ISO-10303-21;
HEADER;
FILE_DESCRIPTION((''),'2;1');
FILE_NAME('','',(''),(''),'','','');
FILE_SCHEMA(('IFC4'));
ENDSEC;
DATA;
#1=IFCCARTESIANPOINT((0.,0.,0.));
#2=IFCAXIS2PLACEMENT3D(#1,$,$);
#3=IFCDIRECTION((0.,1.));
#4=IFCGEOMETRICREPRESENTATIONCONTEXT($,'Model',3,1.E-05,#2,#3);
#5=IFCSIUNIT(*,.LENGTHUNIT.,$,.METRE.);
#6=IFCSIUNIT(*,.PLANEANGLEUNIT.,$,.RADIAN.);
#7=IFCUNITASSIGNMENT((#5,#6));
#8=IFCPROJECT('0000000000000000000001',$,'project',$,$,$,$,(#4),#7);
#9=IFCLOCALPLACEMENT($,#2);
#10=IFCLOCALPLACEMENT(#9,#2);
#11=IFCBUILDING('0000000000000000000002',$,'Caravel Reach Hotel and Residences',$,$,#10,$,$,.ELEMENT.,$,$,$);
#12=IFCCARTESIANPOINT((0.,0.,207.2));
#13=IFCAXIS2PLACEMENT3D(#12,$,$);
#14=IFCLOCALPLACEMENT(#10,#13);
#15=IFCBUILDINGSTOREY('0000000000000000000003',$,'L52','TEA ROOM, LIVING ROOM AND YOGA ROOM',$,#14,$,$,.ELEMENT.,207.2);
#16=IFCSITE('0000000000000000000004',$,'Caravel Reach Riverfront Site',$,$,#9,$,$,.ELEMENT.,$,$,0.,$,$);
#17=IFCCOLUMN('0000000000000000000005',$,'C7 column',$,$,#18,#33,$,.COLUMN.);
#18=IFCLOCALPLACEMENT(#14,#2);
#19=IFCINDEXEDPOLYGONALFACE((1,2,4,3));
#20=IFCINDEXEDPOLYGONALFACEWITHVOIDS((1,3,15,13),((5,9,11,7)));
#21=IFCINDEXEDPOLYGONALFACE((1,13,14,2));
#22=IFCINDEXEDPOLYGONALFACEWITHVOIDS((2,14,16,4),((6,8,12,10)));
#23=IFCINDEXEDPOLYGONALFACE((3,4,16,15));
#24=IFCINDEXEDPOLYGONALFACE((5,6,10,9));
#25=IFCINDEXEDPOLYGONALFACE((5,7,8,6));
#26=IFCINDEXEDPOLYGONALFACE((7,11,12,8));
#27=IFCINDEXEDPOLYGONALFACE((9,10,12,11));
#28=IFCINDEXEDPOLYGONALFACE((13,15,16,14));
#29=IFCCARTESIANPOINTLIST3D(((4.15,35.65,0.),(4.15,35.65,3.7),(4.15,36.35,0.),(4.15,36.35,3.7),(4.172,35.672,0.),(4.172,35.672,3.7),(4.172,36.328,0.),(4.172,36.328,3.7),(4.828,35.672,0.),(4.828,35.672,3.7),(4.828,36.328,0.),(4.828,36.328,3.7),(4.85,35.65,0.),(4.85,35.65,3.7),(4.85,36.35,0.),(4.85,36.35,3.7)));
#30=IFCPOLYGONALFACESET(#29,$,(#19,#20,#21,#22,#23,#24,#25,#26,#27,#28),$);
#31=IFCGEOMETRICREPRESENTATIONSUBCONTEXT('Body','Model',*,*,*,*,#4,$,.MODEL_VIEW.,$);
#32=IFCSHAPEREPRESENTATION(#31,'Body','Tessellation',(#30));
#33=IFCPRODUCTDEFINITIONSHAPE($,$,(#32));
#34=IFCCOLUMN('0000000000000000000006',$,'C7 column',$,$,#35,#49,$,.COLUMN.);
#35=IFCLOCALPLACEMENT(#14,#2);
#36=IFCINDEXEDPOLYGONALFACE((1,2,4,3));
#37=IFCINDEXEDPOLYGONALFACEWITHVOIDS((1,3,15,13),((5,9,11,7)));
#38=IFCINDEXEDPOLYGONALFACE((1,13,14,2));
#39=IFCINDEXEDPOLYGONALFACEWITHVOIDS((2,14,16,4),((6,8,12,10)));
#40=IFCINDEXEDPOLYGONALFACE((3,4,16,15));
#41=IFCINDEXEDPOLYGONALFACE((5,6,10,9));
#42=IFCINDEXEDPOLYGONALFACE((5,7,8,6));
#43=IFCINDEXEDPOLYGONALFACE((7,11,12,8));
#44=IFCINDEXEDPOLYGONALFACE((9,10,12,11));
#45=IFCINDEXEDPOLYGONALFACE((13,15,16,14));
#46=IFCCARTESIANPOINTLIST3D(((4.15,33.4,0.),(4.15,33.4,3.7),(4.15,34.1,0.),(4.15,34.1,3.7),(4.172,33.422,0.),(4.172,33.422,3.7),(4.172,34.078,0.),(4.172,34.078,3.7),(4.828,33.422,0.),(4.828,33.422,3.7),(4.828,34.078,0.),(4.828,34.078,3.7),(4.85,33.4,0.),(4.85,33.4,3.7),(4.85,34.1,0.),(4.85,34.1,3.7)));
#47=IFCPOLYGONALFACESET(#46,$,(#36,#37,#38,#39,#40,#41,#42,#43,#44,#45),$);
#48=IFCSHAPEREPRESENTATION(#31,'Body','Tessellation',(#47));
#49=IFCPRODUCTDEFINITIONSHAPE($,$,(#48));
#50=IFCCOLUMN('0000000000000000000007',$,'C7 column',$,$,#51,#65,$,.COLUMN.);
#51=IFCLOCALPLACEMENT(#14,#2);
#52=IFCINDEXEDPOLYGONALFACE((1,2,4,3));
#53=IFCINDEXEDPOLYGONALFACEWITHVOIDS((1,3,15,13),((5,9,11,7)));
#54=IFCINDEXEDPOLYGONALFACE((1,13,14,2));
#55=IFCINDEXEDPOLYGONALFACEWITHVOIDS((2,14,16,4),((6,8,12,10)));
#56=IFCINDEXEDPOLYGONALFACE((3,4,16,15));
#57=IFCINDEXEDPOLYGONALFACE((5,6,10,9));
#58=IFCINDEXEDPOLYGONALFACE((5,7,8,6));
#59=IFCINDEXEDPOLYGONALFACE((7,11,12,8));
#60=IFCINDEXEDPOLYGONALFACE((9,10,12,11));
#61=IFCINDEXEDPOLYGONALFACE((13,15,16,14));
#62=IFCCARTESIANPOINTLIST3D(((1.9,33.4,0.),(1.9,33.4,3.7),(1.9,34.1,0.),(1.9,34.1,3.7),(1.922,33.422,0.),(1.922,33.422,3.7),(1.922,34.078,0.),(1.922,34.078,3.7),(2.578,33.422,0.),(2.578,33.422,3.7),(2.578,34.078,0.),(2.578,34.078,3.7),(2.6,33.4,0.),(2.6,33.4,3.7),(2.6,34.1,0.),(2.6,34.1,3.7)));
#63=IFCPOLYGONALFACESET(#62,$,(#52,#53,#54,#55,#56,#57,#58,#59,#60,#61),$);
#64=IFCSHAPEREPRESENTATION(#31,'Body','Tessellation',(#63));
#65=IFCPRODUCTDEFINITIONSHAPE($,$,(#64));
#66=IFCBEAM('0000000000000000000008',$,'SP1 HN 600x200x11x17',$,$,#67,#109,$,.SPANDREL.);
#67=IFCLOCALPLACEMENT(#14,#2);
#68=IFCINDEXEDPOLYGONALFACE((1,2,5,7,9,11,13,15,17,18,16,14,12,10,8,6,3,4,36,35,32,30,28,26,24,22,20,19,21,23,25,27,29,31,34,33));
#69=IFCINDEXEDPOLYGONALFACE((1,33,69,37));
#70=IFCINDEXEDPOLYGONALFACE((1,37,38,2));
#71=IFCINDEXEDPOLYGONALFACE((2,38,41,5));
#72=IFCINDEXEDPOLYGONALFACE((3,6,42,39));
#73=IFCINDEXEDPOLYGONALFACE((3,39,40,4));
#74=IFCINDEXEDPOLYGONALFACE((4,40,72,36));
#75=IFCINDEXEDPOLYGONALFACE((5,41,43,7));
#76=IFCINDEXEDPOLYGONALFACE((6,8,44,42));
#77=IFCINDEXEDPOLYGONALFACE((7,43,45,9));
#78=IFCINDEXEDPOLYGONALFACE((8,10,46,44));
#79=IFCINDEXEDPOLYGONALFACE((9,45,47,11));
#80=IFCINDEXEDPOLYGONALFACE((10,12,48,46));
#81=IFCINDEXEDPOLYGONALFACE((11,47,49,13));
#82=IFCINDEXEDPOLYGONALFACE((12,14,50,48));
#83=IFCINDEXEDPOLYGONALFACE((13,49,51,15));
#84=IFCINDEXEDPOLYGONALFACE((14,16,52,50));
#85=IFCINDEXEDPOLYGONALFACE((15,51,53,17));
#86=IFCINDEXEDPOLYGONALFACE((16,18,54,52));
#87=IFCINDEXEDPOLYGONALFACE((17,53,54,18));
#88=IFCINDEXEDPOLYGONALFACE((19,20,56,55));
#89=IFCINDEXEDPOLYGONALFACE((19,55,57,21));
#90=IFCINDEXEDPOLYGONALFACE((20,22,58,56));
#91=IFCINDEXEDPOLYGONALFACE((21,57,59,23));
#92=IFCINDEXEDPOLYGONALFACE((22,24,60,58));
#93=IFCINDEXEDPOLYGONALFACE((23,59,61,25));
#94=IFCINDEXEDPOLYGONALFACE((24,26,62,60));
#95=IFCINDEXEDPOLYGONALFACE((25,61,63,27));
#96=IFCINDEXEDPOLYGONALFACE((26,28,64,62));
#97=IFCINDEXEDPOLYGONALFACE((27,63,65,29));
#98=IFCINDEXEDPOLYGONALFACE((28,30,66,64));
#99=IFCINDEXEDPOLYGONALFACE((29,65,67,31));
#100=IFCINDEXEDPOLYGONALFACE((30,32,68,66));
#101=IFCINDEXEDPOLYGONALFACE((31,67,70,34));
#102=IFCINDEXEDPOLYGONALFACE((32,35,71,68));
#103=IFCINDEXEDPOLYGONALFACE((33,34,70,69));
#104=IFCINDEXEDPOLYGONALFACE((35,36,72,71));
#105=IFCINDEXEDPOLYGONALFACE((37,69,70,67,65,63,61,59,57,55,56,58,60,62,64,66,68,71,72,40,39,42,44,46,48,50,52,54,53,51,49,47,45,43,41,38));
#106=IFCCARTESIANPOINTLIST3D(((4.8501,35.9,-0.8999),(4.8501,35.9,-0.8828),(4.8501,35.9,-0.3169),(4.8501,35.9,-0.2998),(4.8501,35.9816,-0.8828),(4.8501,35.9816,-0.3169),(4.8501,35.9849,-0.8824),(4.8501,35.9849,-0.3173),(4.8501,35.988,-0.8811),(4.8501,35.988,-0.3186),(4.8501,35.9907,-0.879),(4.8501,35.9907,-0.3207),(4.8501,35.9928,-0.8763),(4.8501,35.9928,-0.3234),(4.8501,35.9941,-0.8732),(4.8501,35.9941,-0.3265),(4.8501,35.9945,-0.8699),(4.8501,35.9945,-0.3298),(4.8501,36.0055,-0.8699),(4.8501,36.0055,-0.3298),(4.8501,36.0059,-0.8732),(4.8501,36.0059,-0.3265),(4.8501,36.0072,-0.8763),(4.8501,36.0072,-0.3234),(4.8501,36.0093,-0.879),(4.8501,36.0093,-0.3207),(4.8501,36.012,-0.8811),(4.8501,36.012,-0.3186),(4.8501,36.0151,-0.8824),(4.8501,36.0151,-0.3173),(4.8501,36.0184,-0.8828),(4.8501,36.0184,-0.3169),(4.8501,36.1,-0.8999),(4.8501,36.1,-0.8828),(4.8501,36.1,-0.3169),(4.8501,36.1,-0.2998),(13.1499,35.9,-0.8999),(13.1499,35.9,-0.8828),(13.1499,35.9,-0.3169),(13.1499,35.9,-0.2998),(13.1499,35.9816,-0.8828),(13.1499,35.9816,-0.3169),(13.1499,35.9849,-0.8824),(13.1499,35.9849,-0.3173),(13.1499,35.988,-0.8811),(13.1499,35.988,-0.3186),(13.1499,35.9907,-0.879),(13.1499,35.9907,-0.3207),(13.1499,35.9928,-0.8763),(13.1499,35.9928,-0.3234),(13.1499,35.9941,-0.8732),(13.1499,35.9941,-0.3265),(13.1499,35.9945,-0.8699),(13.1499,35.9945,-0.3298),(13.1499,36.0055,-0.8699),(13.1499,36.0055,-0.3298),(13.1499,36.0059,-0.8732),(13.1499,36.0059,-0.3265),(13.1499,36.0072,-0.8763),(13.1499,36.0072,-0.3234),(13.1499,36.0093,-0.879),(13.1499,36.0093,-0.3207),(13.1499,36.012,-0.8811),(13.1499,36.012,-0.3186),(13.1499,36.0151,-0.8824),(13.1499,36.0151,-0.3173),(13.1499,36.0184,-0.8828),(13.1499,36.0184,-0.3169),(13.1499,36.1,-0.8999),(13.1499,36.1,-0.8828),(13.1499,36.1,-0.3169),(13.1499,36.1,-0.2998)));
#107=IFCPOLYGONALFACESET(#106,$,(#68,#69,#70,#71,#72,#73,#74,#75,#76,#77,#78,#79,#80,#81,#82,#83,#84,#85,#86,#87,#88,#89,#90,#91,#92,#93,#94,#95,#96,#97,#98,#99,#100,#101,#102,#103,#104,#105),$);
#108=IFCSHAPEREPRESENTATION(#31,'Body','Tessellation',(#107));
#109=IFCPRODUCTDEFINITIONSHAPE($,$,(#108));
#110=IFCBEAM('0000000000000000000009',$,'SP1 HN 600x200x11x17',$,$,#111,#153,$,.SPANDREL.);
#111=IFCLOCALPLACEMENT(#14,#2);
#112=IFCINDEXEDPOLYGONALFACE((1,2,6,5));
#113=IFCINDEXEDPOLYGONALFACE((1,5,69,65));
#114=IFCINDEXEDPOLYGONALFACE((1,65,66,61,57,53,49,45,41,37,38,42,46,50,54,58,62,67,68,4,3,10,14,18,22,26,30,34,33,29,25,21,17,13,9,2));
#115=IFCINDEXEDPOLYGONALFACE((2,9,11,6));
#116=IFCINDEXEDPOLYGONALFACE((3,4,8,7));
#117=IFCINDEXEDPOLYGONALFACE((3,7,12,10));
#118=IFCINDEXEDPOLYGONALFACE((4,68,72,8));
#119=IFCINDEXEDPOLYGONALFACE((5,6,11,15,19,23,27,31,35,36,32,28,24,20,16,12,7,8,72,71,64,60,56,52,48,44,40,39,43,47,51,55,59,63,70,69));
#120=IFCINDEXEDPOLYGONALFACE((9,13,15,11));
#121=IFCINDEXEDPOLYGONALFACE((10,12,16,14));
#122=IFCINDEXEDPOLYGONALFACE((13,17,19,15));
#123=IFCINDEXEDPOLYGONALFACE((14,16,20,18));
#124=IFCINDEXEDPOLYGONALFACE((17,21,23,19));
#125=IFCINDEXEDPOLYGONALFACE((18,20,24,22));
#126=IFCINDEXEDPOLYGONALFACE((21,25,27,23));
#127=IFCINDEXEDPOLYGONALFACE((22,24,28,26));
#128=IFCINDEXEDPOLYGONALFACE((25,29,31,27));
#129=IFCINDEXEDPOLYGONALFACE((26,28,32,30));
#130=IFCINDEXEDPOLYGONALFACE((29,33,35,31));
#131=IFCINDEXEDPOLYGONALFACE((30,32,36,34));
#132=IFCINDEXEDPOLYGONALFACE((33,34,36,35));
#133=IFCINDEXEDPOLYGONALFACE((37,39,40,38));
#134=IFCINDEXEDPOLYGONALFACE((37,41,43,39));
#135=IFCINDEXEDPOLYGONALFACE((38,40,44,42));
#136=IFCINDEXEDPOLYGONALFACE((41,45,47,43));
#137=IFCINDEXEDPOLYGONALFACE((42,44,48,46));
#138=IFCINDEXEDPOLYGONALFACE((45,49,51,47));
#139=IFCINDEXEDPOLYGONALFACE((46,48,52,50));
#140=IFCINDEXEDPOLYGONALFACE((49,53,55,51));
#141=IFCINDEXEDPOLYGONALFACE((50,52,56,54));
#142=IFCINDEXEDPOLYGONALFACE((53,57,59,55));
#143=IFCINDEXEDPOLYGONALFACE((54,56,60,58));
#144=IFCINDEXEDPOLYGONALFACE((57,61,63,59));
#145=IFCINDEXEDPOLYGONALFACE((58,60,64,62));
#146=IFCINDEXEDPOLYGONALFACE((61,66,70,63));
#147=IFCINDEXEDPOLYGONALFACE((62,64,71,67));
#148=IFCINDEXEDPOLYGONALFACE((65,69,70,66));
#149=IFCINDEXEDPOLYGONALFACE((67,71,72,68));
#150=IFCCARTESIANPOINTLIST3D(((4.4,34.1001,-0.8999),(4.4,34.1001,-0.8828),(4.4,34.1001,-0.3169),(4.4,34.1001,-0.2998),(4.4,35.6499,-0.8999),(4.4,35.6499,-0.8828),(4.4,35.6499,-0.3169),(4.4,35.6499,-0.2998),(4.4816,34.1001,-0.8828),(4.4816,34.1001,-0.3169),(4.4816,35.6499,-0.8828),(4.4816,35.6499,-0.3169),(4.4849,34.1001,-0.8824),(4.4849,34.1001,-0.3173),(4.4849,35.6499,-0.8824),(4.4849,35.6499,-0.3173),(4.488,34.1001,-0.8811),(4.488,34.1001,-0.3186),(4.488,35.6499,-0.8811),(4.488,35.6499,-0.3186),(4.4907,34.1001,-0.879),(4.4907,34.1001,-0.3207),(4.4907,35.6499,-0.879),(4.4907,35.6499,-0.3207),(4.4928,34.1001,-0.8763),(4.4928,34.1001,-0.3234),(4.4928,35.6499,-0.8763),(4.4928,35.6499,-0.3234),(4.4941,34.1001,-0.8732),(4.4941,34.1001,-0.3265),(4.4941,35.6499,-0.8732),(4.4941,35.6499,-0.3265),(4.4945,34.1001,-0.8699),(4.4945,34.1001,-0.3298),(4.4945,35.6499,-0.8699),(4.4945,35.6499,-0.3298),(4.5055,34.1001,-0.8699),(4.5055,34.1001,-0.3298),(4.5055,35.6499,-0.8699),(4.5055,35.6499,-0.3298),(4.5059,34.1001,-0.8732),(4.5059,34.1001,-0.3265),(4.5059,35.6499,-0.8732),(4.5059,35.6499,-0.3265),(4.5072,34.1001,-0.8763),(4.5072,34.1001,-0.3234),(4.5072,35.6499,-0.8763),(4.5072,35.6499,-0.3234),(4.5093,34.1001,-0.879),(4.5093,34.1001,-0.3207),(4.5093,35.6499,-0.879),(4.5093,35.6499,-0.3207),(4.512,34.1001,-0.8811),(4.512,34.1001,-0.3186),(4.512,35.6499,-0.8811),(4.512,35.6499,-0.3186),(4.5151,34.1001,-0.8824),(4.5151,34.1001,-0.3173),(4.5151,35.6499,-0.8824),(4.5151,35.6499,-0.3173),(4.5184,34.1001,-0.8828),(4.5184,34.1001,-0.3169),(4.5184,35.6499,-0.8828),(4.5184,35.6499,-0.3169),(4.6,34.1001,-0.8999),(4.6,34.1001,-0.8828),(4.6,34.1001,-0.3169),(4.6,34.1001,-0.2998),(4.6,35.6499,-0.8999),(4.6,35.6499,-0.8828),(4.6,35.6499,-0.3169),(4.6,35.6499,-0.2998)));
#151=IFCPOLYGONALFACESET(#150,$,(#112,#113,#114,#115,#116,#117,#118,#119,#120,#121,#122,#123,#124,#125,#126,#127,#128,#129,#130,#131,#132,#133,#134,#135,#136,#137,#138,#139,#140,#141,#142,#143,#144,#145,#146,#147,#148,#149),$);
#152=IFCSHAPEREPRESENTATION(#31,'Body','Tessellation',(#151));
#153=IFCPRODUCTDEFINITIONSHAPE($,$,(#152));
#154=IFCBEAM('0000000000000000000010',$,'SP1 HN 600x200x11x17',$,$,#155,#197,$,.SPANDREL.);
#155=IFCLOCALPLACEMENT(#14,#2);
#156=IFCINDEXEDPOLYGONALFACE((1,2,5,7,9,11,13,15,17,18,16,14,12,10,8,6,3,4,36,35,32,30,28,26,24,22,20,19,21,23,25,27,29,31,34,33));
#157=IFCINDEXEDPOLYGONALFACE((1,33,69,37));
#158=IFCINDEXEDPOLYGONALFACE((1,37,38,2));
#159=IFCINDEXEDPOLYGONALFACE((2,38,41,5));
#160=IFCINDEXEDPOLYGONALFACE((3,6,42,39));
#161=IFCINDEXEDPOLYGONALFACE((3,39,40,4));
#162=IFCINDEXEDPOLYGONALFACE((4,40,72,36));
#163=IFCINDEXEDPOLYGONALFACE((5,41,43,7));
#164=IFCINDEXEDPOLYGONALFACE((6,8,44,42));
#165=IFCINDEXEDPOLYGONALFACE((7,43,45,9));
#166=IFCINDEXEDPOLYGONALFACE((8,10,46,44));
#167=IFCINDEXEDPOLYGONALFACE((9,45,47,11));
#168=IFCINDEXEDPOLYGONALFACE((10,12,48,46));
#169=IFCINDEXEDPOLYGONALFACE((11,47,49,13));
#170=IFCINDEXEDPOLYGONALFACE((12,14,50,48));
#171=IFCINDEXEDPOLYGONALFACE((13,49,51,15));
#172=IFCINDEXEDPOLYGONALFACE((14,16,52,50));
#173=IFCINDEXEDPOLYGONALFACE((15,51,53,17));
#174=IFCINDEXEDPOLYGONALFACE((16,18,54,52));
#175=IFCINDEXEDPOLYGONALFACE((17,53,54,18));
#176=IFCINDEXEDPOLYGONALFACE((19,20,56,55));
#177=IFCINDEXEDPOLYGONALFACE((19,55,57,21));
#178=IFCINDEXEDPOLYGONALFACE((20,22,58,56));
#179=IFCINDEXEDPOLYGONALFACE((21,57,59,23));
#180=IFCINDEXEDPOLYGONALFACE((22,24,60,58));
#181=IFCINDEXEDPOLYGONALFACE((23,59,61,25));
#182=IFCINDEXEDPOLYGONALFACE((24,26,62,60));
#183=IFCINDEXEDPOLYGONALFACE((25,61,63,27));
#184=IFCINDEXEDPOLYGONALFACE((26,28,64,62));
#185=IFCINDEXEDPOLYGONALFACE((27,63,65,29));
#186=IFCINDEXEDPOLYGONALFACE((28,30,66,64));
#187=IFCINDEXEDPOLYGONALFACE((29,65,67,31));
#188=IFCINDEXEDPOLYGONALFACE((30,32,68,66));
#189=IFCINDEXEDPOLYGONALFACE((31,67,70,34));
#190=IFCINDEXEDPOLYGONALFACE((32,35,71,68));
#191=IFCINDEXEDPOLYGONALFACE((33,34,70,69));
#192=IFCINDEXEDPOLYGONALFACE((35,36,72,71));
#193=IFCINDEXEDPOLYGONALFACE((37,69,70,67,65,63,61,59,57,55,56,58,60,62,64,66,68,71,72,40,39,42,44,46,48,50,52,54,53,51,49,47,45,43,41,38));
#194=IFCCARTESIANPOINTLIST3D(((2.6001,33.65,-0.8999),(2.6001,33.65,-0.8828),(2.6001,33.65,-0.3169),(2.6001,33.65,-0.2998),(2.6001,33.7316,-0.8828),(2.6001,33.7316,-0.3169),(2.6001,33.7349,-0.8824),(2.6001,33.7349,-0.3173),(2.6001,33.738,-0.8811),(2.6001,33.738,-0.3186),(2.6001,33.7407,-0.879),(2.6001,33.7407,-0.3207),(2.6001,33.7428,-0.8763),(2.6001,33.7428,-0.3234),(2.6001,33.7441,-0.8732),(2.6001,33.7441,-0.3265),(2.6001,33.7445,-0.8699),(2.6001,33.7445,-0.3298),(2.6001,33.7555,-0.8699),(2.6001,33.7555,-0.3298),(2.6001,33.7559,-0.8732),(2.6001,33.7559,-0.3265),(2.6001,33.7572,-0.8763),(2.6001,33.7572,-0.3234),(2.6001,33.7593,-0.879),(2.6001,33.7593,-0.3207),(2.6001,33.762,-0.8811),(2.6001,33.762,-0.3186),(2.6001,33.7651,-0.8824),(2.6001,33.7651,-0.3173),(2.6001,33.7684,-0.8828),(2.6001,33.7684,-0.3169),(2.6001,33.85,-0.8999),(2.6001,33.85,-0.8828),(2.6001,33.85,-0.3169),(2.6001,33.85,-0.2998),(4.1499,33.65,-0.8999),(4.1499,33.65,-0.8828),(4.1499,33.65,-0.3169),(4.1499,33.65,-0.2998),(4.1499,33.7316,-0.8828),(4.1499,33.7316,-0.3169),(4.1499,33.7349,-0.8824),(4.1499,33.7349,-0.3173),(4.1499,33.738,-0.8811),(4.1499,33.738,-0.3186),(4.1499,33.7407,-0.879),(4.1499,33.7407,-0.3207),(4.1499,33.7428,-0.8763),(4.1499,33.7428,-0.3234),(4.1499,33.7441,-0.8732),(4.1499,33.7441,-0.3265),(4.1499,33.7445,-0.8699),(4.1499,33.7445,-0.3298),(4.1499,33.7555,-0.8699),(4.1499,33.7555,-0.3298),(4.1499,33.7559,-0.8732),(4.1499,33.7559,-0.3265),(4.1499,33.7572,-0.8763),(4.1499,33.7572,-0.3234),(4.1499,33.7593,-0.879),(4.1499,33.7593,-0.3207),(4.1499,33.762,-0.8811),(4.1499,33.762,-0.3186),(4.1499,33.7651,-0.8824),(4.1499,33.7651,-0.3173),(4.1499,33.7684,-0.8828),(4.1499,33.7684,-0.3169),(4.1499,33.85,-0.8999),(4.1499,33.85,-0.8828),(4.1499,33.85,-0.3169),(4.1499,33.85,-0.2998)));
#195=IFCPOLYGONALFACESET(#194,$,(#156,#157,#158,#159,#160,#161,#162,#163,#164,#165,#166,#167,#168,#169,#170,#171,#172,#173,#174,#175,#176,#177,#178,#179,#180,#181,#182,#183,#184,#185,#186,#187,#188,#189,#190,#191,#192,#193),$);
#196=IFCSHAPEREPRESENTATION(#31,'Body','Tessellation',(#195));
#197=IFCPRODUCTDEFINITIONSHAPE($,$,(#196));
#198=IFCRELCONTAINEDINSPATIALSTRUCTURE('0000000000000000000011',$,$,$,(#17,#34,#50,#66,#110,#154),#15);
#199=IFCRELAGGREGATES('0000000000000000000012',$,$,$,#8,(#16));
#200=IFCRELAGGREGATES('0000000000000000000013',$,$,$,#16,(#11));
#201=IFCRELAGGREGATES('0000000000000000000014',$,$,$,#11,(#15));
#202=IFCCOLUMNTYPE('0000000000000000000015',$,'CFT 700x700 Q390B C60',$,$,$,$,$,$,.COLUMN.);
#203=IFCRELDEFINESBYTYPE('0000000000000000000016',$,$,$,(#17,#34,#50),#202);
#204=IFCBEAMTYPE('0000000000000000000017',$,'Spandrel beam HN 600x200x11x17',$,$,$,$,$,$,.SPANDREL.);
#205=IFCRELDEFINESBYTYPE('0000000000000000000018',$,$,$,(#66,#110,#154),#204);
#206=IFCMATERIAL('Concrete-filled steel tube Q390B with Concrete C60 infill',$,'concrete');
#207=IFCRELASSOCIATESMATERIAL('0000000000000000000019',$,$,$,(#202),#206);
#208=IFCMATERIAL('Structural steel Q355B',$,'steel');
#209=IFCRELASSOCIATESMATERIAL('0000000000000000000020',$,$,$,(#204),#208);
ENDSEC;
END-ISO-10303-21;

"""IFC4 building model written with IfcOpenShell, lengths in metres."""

from ifc_helpers import new_model, si_unit, direction, frame, origin, origin_2d, place, context, subcontext, project, spatial, hollow_rectangle, i_section, extrude, material, material_profile, profile_set, type_object, element, save


model = new_model("IFC4")

# Units and contexts
model_context = context("Model", 3, precision=1e-05, world=origin(), true_north=direction((0.0, 1.0)))
body_context = subcontext(model_context, "Body", "Model", "MODEL_VIEW")
ifc_project = project(units=[si_unit("LENGTHUNIT", "METRE"), si_unit("PLANEANGLEUNIT", "RADIAN")], contexts=[model_context])

# Site, building, storey
site_placement = place(None, origin())
site = spatial("IfcSite", under=ifc_project, at=site_placement, Name="Caravel Reach Riverfront Site", CompositionType="ELEMENT", RefElevation=0.0)
building_placement = place(site_placement, origin())
building = spatial("IfcBuilding", under=site, at=building_placement, Name="Caravel Reach Hotel and Residences", CompositionType="ELEMENT")
storey_placement = place(building_placement, frame((0.0, 0.0, 207.2)))
storey = spatial("IfcBuildingStorey", under=building, at=storey_placement, Name="L52", Description="TEA ROOM, LIVING ROOM AND YOGA ROOM", CompositionType="ELEMENT", Elevation=207.2)

# Columns
ifc_material_1 = material(Name="Concrete-filled steel tube Q390B with Concrete C60 infill", Category="concrete")
ifc_material_profile_1 = material_profile(ifc_material_1, hollow_rectangle(XDim=0.7, YDim=0.7, WallThickness=0.022, at=origin_2d()), Name="RHS 700x700x22")
ifc_profile_set_1 = profile_set([ifc_material_profile_1], Name="Concrete-filled steel tube Q390B with Concrete C60 infill")
column_type = type_object("IfcColumnType", Name="CFT 700x700 Q390B C60", PredefinedType="COLUMN", material=ifc_profile_set_1)
for number, where, z_axis, x_axis, name in (
    (1, (4.5, 36.0, 0.0), (0.0, 0.0, 1.0), (1.0, 0.0, 0.0), "C7 column"),
    (2, (4.5, 33.75, 0.0), (0.0, 0.0, 1.0), (1.0, 0.0, 0.0), "C7 column"),
    (3, (2.25, 33.75, 0.0), (0.0, 0.0, 1.0), (1.0, 0.0, 0.0), "C7 column"),
):
    element("IfcColumn", number, at=place(storey_placement, frame(where, z_axis=z_axis, x_axis=x_axis)), inside=storey, type_object=column_type, Name=name, PredefinedType="COLUMN", context=body_context, shape_type="SweptSolid", body=[
        extrude(hollow_rectangle(XDim=0.7, YDim=0.7, WallThickness=0.022, at=origin_2d()), origin(), (0.0, 0.0, 1.0), 3.7),
    ])

# Beams
ifc_material_2 = material(Name="Structural steel Q355B", Category="steel")
ifc_material_profile_2 = material_profile(ifc_material_2, i_section(OverallWidth=0.2, OverallDepth=0.6001, WebThickness=0.011, FlangeThickness=0.0171, FilletRadius=0.0129, at=origin_2d()), Name="HN 600x200x11x17")
ifc_profile_set_2 = profile_set([ifc_material_profile_2], Name="Structural steel Q355B")
beam_type = type_object("IfcBeamType", Name="Spandrel beam HN 600x200x11x17", PredefinedType="SPANDREL", material=ifc_profile_set_2)
beam_placement = place(storey_placement, frame((13.1499, 36.0, -0.5999), z_axis=(-1.0, 0.0, 0.0), x_axis=(0.0, -1.0, 0.0)))
element("IfcBeam", 4, at=beam_placement, inside=storey, type_object=beam_type, Name="SP1 HN 600x200x11x17", PredefinedType="SPANDREL", context=body_context, shape_type="SweptSolid", body=[
    extrude(i_section(OverallWidth=0.2, OverallDepth=0.6001, WebThickness=0.011, FlangeThickness=0.0171, FilletRadius=0.0129, at=origin_2d()), origin(), (0.0, 0.0, 1.0), 8.2998),
])
for number, where, z_axis, x_axis, name in (
    (5, (4.5, 35.6499, -0.5999), (0.0, -1.0, 0.0), (1.0, 0.0, 0.0), "SP1 HN 600x200x11x17"),
    (6, (4.1499, 33.75, -0.5999), (-1.0, 0.0, 0.0), (0.0, -1.0, 0.0), "SP1 HN 600x200x11x17"),
):
    element("IfcBeam", number, at=place(storey_placement, frame(where, z_axis=z_axis, x_axis=x_axis)), inside=storey, type_object=beam_type, Name=name, PredefinedType="SPANDREL", context=body_context, shape_type="SweptSolid", body=[
        extrude(i_section(OverallWidth=0.2, OverallDepth=0.6001, WebThickness=0.011, FlangeThickness=0.0171, FilletRadius=0.0129, at=origin_2d()), origin(), (0.0, 0.0, 1.0), 1.5498),
    ])

save(model, "model.ifc")
